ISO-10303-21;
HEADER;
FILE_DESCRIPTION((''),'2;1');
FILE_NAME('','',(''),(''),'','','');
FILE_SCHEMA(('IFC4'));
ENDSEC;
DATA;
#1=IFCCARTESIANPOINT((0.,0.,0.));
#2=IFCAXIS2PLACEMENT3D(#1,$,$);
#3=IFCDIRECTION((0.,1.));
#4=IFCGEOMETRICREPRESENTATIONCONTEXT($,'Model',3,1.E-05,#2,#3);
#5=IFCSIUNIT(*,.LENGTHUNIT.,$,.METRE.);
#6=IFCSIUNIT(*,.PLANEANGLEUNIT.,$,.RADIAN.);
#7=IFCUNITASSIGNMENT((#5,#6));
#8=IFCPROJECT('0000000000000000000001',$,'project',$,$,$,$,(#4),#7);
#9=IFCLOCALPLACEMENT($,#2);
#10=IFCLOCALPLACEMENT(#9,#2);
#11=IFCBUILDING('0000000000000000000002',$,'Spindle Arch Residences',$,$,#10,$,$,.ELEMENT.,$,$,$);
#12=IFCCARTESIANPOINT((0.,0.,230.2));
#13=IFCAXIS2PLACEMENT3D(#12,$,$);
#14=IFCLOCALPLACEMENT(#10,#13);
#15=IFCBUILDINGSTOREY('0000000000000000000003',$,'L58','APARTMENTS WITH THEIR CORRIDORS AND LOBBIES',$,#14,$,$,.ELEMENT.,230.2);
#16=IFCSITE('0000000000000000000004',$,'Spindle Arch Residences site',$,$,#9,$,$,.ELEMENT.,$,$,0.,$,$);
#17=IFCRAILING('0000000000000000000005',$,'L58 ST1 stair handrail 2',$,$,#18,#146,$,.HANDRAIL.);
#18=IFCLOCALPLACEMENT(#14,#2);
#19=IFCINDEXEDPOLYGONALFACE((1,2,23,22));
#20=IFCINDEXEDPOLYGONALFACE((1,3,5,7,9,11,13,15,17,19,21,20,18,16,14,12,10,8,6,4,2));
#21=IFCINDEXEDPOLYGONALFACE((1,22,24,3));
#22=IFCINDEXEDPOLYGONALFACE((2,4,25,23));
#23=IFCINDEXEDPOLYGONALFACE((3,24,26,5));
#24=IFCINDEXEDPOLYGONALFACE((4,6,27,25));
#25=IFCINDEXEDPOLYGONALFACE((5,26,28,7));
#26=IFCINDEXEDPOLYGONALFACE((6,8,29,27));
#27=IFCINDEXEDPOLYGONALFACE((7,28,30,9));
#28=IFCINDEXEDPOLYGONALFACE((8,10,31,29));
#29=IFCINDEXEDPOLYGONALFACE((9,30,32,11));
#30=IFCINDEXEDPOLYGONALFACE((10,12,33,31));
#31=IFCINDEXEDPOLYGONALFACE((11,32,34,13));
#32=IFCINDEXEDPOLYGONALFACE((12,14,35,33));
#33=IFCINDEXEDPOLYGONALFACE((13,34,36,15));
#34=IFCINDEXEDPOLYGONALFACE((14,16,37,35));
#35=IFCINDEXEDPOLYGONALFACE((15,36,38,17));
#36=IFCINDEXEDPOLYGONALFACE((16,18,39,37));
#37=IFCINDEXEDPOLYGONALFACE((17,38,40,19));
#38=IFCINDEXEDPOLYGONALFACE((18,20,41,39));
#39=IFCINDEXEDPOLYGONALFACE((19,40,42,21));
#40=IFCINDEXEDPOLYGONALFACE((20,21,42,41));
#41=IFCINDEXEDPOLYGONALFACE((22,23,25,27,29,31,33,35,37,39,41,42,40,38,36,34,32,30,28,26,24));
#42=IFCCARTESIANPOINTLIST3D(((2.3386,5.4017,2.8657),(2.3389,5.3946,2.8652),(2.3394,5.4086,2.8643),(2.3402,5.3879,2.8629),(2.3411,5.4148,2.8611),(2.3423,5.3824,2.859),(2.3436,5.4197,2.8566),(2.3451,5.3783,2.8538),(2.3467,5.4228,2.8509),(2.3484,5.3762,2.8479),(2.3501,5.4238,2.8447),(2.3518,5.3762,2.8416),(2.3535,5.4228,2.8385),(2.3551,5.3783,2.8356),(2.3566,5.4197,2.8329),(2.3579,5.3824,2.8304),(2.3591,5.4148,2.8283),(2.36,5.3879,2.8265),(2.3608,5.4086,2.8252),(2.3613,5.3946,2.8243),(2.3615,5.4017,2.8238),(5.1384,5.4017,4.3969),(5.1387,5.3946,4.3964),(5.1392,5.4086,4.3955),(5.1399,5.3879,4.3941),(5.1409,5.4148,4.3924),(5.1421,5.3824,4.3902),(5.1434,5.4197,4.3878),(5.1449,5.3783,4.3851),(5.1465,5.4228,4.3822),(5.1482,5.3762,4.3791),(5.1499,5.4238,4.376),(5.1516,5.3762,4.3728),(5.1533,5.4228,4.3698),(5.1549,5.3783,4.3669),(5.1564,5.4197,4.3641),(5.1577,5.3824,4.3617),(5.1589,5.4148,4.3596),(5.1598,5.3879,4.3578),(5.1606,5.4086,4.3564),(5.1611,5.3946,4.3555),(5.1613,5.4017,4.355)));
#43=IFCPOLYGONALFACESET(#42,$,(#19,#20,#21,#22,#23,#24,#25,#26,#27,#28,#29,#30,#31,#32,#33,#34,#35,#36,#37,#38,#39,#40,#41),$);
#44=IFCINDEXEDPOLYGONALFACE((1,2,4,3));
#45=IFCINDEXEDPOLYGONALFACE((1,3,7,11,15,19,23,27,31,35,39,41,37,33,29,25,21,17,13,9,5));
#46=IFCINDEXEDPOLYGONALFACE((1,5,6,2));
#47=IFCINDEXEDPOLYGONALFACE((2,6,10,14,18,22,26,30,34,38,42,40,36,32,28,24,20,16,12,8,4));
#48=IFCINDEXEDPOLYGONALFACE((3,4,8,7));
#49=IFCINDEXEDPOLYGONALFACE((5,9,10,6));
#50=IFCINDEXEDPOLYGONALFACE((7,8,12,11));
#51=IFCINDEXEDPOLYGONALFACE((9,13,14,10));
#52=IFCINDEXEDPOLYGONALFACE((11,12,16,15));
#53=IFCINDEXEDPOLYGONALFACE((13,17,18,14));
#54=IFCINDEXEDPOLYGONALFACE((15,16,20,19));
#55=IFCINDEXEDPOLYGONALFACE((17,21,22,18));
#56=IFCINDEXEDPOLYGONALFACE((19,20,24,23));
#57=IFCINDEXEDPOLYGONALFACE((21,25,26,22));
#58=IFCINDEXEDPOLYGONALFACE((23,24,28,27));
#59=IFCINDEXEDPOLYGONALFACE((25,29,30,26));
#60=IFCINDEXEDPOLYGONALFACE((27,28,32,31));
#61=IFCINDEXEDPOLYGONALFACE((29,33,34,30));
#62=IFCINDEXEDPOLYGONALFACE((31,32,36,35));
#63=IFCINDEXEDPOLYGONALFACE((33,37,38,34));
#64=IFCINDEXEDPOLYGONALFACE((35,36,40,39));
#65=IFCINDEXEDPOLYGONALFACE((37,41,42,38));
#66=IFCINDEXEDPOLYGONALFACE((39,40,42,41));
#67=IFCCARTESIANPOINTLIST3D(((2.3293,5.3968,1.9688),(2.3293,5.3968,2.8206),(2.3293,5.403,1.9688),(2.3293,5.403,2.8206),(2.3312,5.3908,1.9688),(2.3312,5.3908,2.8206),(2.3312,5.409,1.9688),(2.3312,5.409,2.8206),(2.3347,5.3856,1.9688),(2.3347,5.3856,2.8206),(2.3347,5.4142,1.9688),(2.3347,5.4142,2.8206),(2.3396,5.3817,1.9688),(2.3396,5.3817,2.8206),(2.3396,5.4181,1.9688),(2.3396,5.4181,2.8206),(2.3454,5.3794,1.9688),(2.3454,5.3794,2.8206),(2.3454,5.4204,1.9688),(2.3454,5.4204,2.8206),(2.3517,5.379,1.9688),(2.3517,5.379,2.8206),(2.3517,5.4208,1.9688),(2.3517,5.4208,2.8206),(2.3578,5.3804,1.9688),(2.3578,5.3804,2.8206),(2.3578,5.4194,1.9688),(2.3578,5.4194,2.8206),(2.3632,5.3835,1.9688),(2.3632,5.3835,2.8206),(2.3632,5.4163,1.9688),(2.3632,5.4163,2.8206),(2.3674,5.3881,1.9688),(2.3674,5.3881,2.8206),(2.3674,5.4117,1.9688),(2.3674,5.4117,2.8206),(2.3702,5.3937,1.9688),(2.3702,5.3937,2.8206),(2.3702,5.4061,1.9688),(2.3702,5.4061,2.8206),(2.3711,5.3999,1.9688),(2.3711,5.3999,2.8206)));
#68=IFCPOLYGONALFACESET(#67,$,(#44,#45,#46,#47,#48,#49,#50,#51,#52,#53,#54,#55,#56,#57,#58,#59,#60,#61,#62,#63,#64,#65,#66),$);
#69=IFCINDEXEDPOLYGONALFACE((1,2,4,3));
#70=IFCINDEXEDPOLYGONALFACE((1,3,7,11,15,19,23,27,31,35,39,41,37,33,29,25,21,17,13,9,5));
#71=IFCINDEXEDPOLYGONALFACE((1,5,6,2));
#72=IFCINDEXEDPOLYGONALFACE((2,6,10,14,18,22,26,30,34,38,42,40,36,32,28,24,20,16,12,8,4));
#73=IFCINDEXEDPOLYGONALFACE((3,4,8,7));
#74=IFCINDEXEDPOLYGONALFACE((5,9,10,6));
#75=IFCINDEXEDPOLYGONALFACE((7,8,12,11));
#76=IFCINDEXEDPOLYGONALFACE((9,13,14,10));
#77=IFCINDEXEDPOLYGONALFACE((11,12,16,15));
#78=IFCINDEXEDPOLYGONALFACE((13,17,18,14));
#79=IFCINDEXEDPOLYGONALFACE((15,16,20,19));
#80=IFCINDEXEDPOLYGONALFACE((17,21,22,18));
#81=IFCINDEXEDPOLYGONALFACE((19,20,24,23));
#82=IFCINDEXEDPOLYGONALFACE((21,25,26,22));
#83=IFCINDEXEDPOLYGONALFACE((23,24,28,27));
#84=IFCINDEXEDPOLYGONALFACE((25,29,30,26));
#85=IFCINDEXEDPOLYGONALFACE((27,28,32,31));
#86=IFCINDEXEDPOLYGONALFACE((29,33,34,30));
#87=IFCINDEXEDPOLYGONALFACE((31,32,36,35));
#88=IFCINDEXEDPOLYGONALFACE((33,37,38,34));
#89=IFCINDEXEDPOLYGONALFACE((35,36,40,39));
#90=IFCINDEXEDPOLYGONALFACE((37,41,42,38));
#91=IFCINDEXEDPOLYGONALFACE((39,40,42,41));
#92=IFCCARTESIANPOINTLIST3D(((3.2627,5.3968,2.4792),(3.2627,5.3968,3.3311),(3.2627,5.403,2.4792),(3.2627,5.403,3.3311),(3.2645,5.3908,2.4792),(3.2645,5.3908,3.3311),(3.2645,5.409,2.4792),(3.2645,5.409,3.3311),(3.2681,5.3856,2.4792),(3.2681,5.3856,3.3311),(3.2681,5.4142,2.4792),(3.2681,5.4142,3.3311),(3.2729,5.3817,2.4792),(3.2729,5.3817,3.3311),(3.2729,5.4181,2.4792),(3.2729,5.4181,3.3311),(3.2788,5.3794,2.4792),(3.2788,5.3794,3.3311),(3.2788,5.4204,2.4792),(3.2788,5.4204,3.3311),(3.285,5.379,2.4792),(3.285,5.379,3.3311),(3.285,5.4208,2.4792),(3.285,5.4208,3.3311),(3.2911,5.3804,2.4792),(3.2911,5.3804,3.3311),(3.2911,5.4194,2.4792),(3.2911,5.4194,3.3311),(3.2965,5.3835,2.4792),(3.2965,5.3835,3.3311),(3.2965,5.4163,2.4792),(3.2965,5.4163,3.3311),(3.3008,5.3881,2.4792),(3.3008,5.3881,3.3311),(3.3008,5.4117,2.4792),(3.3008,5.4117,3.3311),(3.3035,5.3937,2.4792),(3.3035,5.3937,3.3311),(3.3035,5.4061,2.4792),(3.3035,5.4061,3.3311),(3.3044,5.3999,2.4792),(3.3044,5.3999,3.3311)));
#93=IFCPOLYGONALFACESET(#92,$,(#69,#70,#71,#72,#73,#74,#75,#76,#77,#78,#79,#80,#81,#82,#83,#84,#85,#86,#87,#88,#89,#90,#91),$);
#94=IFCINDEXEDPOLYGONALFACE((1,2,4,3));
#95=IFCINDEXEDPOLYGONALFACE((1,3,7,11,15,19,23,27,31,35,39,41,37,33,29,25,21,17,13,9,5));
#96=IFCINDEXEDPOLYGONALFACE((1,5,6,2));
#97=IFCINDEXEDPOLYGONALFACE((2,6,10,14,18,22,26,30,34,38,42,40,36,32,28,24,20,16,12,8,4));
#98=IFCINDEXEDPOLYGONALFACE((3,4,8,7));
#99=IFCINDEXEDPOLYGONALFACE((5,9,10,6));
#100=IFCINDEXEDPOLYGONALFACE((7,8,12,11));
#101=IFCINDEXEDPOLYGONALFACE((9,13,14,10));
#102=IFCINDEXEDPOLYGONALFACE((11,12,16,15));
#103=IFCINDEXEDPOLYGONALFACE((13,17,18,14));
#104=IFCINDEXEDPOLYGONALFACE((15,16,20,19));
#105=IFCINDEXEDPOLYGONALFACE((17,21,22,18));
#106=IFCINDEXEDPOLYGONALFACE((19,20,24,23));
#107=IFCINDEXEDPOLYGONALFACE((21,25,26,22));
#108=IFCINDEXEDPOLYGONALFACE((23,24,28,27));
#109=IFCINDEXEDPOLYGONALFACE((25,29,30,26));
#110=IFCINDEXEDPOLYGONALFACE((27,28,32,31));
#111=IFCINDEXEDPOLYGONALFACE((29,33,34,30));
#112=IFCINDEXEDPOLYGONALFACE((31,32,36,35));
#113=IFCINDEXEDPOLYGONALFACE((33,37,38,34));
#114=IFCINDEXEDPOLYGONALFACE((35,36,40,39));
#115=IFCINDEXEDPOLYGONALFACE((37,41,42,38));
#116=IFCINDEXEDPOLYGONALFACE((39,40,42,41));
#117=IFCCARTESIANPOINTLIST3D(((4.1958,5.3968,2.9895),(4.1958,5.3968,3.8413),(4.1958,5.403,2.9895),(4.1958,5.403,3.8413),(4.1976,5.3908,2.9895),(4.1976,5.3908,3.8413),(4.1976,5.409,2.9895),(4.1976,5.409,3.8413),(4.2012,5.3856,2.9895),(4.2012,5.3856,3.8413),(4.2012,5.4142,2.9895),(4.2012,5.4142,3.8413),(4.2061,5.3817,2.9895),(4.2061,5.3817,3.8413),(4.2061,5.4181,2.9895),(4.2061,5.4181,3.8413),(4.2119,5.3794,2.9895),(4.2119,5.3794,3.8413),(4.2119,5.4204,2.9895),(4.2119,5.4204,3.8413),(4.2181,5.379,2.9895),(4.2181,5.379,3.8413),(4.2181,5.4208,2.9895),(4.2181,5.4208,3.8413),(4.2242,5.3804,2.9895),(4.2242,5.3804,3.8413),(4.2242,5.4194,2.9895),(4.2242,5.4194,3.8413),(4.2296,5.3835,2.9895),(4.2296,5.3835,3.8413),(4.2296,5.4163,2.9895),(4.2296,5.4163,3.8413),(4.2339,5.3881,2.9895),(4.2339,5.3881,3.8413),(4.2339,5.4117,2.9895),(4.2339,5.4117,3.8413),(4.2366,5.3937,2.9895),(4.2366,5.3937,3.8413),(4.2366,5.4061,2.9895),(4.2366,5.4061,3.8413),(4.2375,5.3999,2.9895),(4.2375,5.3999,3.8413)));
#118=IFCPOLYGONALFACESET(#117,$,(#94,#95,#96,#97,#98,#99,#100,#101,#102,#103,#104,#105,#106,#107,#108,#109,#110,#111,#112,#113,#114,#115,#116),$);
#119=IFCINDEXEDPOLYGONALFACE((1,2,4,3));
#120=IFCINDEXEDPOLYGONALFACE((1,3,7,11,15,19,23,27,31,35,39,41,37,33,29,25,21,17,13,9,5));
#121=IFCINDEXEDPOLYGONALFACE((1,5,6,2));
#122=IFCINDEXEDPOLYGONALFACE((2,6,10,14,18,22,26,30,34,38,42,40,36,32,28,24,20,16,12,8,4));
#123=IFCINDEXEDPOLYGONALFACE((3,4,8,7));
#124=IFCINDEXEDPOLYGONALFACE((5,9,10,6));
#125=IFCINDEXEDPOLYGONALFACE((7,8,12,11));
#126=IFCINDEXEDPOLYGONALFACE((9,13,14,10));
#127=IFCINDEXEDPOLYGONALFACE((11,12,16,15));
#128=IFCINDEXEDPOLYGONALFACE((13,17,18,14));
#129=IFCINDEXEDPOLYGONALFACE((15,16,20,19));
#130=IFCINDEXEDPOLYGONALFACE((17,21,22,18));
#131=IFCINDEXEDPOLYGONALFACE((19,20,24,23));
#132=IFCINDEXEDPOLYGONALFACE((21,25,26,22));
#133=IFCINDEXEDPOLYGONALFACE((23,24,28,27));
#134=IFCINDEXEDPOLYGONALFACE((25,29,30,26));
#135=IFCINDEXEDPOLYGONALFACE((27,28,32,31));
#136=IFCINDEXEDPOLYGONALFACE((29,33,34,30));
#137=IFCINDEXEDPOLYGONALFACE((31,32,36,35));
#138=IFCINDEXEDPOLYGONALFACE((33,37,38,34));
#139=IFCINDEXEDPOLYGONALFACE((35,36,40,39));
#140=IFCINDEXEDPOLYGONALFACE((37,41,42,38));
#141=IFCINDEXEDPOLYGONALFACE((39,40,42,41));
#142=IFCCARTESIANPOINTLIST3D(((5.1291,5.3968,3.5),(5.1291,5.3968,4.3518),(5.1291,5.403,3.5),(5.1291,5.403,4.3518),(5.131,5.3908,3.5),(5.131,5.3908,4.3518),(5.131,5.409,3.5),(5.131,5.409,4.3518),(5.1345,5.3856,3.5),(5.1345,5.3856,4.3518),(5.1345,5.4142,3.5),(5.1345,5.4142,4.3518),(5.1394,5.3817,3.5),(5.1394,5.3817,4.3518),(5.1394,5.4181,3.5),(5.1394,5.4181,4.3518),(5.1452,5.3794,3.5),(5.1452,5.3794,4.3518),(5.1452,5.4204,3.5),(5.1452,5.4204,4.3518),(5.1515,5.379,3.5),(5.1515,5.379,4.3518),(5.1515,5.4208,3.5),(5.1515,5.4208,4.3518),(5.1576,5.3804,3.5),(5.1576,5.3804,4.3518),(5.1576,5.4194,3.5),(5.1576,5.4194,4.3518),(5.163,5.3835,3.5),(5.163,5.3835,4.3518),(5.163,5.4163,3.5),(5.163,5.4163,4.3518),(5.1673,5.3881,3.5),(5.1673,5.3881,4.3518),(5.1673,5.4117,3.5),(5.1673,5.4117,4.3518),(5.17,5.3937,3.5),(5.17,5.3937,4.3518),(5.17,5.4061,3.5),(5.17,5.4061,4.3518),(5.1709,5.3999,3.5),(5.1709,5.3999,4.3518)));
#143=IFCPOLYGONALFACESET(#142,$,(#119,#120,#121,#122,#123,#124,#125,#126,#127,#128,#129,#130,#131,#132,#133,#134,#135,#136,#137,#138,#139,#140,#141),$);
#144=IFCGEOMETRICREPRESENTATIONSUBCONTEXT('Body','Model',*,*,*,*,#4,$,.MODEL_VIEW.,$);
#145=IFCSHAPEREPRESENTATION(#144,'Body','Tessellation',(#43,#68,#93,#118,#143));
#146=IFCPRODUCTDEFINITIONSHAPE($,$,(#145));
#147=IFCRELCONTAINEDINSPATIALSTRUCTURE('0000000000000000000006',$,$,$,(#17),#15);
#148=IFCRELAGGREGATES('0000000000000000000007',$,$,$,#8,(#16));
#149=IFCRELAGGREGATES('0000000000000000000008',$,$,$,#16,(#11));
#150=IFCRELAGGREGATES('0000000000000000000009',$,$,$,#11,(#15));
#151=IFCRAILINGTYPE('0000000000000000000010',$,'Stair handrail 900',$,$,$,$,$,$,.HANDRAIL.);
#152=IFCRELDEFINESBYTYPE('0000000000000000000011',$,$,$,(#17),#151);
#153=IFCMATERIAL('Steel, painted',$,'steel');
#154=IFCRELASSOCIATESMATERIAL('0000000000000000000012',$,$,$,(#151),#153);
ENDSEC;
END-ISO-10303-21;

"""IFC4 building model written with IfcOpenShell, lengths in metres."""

from ifc_helpers import new_model, si_unit, direction, frame, origin, origin_2d, place, context, subcontext, project, spatial, circle, extrude, material, type_object, element, save


model = new_model("IFC4")

# Units and contexts
model_context = context("Model", 3, precision=1e-05, world=origin(), true_north=direction((0.0, 1.0)))
body_context = subcontext(model_context, "Body", "Model", "MODEL_VIEW")
ifc_project = project(units=[si_unit("LENGTHUNIT", "METRE"), si_unit("PLANEANGLEUNIT", "RADIAN")], contexts=[model_context])

# Site, building, storey
site_placement = place(None, origin())
site = spatial("IfcSite", under=ifc_project, at=site_placement, Name="Spindle Arch Residences site", CompositionType="ELEMENT", RefElevation=0.0)
building_placement = place(site_placement, origin())
building = spatial("IfcBuilding", under=site, at=building_placement, Name="Spindle Arch Residences", CompositionType="ELEMENT")
storey_placement = place(building_placement, frame((0.0, 0.0, 230.2)))
storey = spatial("IfcBuildingStorey", under=building, at=storey_placement, Name="L58", Description="APARTMENTS WITH THEIR CORRIDORS AND LOBBIES", CompositionType="ELEMENT", Elevation=230.2)

# Railing
ifc_material_1 = material(Name="Steel, painted", Category="steel")
railing_type_1 = type_object("IfcRailingType", Name="Stair handrail 900", PredefinedType="HANDRAIL", material=ifc_material_1)
railing_1_placement = place(storey_placement, frame((2.3501, 5.3999, 1.9688)))
element("IfcRailing", 1, at=railing_1_placement, inside=storey, type_object=railing_type_1, Name="L58 ST1 stair handrail 2", PredefinedType="HANDRAIL", context=body_context, shape_type="SweptSolid", body=[
    extrude(circle(Radius=0.0239, at=origin_2d()), frame((0.0, 0.0, 0.876), z_axis=(0.877357, 0.0, 0.479838), x_axis=(0.0, 1.0, 0.0)), (0.0, 0.0, 1.0), 3.1912),
    extrude(circle(Radius=0.021, at=origin_2d()), origin(), (0.0, 0.0, 1.0), 0.8518),
    extrude(circle(Radius=0.021, at=origin_2d()), frame((0.9333, 0.0, 0.5105)), (0.0, 0.0, 1.0), 0.8518),
    extrude(circle(Radius=0.021, at=origin_2d()), frame((1.8665, 0.0, 1.0208)), (0.0, 0.0, 1.0), 0.8518),
    extrude(circle(Radius=0.021, at=origin_2d()), frame((2.7998, 0.0, 1.5312)), (0.0, 0.0, 1.0), 0.8518),
])

save(model, "model.ifc")
